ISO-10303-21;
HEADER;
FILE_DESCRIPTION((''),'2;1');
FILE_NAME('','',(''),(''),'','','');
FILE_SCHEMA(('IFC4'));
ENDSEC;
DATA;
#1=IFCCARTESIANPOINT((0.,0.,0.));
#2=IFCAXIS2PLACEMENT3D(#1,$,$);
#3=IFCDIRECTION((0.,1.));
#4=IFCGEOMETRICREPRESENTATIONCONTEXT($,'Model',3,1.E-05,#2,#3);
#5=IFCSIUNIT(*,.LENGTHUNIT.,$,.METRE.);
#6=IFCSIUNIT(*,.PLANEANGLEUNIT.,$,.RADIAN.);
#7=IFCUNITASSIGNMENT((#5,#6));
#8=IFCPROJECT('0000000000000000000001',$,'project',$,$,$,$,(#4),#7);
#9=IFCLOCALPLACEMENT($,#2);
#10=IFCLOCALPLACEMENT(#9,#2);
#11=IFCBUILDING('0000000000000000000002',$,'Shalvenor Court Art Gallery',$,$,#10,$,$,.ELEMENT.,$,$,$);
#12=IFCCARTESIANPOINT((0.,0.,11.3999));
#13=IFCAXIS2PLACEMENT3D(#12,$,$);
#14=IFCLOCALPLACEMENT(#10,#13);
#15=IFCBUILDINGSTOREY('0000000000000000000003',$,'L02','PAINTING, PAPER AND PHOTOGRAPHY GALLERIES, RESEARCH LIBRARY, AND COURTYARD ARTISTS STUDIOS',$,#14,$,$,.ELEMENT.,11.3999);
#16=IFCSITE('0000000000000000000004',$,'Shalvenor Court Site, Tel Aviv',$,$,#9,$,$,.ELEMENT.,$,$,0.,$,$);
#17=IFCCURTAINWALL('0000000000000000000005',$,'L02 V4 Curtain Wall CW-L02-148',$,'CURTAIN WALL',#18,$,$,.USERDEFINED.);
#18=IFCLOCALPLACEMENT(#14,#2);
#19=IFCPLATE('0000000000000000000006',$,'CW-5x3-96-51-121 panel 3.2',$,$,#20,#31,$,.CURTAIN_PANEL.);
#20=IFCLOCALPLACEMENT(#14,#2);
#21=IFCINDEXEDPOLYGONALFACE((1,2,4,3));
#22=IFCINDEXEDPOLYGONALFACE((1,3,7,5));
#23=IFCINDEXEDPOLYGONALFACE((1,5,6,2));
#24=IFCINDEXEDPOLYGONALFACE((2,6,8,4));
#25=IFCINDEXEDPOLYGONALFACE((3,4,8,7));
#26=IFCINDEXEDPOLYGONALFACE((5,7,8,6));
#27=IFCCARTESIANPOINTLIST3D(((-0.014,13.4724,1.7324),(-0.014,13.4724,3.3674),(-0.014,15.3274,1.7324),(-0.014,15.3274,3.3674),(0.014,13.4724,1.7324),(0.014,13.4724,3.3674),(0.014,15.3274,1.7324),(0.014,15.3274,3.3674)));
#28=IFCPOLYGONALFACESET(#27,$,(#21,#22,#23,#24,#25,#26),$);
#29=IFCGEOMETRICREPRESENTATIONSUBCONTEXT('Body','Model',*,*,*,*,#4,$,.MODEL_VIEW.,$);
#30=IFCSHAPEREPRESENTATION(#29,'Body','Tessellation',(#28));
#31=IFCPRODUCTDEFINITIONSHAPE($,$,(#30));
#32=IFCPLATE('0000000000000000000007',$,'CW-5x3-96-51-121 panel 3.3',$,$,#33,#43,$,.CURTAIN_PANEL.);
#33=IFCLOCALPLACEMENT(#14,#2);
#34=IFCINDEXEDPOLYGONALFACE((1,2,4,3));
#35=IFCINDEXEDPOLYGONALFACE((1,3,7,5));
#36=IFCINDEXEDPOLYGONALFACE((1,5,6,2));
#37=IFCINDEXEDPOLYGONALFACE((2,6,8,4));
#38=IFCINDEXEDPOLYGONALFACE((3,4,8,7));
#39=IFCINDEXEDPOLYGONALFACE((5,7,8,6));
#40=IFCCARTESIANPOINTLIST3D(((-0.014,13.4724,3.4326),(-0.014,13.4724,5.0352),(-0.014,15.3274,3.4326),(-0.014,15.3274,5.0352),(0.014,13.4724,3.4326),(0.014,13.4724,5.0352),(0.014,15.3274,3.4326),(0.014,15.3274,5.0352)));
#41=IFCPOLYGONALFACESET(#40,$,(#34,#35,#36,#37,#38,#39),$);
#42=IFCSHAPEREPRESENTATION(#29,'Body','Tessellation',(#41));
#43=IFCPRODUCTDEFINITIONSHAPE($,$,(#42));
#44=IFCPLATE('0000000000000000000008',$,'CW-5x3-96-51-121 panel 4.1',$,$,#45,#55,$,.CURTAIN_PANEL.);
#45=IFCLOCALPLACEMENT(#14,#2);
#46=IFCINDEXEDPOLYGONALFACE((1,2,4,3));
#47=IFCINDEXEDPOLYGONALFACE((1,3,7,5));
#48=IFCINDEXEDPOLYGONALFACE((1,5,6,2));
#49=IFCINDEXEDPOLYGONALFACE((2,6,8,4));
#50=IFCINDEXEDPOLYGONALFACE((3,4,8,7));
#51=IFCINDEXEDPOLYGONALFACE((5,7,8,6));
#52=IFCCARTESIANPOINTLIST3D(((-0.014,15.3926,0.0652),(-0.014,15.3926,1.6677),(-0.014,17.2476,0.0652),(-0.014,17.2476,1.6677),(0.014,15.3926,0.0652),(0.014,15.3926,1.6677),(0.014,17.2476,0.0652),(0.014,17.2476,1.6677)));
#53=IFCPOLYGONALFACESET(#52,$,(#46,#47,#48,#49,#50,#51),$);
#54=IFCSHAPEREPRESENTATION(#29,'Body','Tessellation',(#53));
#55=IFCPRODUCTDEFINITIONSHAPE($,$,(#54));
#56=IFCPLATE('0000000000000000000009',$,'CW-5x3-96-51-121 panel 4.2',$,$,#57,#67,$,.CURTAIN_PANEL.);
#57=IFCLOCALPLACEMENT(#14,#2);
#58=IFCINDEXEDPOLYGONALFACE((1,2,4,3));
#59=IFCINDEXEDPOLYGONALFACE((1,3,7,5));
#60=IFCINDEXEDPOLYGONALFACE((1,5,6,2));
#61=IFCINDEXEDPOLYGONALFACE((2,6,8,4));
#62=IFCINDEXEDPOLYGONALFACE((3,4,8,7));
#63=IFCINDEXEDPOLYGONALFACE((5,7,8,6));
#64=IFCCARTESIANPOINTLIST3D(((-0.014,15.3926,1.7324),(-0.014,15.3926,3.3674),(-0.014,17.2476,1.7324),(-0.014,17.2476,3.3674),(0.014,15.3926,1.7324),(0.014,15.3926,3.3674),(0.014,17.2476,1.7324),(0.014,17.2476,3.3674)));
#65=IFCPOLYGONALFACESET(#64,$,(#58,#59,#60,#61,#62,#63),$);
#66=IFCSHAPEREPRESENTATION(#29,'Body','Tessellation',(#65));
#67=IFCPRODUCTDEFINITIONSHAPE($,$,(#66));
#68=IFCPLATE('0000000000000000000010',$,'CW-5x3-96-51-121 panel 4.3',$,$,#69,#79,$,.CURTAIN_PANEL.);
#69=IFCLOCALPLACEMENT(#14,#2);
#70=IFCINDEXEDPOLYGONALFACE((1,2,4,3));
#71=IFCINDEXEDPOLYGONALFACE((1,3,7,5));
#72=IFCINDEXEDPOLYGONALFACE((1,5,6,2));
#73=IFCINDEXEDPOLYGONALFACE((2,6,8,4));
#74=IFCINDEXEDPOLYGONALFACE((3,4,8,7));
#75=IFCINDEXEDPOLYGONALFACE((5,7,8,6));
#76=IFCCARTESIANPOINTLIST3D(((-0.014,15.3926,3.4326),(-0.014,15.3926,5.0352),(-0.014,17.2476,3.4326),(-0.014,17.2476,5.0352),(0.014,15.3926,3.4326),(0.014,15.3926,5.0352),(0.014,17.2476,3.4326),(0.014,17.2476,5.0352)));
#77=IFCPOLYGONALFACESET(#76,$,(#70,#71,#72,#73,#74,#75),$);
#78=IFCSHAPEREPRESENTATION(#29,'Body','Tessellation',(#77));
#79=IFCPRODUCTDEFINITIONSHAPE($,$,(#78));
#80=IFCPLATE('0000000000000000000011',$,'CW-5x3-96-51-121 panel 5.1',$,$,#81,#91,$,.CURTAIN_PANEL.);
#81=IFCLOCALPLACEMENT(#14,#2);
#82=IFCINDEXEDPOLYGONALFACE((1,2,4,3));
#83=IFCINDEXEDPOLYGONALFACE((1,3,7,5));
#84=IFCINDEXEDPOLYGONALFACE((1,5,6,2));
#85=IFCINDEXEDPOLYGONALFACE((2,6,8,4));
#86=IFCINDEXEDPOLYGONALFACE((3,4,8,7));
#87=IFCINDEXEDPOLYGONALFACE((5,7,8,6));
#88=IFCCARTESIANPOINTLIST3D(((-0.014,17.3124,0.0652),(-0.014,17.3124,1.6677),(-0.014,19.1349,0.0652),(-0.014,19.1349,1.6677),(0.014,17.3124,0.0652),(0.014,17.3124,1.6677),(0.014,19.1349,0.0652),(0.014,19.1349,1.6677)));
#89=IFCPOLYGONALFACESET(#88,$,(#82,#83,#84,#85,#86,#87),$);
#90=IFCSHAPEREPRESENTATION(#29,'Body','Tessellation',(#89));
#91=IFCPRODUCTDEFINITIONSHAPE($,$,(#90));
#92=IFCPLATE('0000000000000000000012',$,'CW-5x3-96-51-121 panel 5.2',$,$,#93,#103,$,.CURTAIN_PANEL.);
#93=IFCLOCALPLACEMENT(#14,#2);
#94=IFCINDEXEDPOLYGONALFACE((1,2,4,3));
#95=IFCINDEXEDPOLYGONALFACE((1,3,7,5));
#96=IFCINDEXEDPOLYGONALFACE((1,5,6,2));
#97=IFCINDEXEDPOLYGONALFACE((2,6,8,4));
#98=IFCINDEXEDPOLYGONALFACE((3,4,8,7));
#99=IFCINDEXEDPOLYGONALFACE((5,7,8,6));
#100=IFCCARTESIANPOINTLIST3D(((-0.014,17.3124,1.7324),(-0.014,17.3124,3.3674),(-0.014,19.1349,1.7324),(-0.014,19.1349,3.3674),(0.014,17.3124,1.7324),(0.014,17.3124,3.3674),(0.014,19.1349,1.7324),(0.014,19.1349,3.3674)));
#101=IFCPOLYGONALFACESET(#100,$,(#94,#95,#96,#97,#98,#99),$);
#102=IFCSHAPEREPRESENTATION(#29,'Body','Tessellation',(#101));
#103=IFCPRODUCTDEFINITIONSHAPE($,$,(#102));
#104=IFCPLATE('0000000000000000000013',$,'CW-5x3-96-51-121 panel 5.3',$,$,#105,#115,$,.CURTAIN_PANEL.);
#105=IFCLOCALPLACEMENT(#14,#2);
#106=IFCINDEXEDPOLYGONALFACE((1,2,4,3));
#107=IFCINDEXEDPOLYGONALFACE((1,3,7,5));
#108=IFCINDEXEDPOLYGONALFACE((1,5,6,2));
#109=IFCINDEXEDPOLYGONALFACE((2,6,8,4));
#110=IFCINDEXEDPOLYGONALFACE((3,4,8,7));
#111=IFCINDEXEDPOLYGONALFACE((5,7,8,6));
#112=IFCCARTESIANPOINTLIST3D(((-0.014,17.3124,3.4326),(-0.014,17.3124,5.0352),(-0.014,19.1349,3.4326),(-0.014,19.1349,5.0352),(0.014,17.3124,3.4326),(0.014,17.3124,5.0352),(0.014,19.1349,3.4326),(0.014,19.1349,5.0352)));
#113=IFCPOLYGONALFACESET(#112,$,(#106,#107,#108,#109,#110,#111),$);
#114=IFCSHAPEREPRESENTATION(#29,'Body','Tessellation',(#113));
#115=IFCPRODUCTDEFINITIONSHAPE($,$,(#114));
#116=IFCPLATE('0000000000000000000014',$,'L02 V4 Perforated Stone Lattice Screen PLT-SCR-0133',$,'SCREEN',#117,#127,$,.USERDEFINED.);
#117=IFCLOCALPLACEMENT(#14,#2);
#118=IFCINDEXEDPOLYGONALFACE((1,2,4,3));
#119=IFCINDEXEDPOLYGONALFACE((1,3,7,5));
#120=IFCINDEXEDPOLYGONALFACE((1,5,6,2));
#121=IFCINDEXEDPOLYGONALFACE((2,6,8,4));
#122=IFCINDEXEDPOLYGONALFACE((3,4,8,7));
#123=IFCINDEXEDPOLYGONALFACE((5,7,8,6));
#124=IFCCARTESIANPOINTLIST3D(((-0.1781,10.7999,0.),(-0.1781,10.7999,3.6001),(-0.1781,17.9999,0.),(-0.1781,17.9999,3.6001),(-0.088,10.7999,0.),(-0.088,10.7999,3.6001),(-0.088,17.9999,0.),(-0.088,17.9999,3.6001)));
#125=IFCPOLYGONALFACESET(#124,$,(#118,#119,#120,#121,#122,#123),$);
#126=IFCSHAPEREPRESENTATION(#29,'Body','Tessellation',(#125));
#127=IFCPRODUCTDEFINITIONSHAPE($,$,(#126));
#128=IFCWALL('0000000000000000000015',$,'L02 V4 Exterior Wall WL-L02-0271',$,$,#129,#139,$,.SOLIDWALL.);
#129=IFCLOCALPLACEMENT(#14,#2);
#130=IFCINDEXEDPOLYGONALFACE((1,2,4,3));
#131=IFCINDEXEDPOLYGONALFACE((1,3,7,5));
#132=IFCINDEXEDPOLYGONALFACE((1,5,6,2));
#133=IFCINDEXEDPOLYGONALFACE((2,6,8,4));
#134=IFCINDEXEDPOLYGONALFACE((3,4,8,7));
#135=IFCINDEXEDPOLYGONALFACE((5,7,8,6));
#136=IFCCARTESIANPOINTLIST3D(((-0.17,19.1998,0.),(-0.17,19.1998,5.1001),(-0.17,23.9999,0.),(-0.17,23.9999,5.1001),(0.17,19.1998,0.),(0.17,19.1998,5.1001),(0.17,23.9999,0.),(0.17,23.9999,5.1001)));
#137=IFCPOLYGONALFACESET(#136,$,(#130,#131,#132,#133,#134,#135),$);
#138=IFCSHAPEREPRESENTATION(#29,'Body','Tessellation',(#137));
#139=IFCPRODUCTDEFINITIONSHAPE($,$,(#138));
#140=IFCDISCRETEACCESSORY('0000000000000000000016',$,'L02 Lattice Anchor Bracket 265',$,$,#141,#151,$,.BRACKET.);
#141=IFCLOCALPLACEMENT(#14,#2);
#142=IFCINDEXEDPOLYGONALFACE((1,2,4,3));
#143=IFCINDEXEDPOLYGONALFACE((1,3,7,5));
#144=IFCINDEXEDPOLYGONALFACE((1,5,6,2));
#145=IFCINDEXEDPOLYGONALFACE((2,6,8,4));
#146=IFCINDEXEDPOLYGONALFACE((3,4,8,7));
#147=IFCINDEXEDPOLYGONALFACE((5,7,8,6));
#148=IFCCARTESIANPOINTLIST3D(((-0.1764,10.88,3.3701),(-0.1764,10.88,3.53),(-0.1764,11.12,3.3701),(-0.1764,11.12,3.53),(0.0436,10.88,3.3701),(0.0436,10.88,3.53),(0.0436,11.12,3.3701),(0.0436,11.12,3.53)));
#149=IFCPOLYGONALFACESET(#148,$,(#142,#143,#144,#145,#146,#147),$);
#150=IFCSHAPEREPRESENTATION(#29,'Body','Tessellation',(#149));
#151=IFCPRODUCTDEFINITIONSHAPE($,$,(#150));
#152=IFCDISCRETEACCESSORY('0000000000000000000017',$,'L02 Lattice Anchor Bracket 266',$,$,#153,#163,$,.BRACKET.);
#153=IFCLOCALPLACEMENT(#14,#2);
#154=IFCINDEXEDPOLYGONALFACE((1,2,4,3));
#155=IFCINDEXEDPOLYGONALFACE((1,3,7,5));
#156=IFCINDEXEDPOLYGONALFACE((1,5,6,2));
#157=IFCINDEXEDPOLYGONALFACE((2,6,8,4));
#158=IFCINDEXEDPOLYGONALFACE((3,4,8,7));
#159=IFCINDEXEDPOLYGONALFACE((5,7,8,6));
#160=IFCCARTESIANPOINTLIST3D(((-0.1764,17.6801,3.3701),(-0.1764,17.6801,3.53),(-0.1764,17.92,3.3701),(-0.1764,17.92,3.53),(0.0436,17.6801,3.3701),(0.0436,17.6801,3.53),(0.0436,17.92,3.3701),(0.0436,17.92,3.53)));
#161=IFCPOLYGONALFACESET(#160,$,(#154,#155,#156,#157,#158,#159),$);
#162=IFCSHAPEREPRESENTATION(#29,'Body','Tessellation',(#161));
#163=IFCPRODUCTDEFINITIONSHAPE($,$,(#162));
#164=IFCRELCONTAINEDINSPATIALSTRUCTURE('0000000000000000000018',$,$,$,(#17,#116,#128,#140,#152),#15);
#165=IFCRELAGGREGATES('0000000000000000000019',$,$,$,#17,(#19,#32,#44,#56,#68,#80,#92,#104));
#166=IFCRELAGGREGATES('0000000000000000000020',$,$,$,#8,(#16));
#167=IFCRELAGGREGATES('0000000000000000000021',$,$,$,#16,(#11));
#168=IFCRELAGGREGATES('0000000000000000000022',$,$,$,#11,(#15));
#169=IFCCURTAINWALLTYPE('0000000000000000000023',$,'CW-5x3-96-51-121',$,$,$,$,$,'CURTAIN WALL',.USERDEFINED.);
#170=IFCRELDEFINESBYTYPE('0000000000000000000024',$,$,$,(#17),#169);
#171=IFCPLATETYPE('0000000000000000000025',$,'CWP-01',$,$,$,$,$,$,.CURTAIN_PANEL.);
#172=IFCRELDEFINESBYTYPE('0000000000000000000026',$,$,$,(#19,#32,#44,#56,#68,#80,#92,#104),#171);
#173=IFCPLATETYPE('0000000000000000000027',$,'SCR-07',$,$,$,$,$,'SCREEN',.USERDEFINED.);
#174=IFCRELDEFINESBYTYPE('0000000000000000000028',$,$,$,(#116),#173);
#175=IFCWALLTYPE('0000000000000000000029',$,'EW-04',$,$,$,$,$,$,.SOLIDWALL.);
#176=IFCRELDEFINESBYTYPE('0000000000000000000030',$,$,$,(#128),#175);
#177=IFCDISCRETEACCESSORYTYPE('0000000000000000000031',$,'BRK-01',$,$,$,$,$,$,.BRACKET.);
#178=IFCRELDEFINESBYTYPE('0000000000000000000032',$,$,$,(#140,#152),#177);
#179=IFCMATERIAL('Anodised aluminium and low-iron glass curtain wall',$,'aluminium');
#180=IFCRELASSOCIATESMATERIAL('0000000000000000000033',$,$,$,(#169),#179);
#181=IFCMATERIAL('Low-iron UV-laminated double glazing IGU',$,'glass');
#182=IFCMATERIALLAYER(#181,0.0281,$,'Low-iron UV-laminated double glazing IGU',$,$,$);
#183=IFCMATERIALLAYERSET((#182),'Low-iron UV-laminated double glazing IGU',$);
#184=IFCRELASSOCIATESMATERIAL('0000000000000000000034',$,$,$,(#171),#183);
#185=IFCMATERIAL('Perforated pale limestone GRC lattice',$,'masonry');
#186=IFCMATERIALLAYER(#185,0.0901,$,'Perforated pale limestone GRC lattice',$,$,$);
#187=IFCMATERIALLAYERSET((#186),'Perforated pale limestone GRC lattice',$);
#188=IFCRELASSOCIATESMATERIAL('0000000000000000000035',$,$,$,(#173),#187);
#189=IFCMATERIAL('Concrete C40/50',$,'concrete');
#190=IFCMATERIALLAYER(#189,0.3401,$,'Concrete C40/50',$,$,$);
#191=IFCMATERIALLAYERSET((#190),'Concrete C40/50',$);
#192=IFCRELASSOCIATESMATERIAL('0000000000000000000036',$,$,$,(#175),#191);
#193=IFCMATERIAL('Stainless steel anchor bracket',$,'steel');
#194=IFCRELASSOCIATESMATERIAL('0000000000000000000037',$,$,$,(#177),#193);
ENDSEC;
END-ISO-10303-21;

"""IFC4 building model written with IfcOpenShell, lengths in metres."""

from ifc_helpers import new_model, si_unit, direction, frame, frame_2d, origin, origin_2d, place, context, subcontext, project, spatial, rectangle, extrude, material, layer, layer_set, type_object, element, aggregate, save


model = new_model("IFC4")

# Units and contexts
model_context = context("Model", 3, precision=1e-05, world=origin(), true_north=direction((0.0, 1.0)))
body_context = subcontext(model_context, "Body", "Model", "MODEL_VIEW")
ifc_project = project(units=[si_unit("LENGTHUNIT", "METRE"), si_unit("PLANEANGLEUNIT", "RADIAN")], contexts=[model_context])

# Site, building, storey
site_placement = place(None, origin())
site = spatial("IfcSite", under=ifc_project, at=site_placement, Name="Shalvenor Court Site, Tel Aviv", CompositionType="ELEMENT", RefElevation=0.0)
building_placement = place(site_placement, origin())
building = spatial("IfcBuilding", under=site, at=building_placement, Name="Shalvenor Court Art Gallery", CompositionType="ELEMENT")
storey_placement = place(building_placement, frame((0.0, 0.0, 11.3999)))
storey = spatial("IfcBuildingStorey", under=building, at=storey_placement, Name="L02", Description="PAINTING, PAPER AND PHOTOGRAPHY GALLERIES, RESEARCH LIBRARY, AND COURTYARD ARTISTS STUDIOS", CompositionType="ELEMENT", Elevation=11.3999)

# Curtain wall
ifc_material_1 = material(Name="Anodised aluminium and low-iron glass curtain wall", Category="aluminium")
curtain_wall_type = type_object("IfcCurtainWallType", Name="CW-5x3-96-51-121", ElementType="CURTAIN WALL", PredefinedType="USERDEFINED", material=ifc_material_1)
curtain_wall_placement = place(storey_placement, origin())
curtain_wall = element("IfcCurtainWall", 1, at=curtain_wall_placement, inside=storey, type_object=curtain_wall_type, Name="L02 V4 Curtain Wall CW-L02-148", ObjectType="CURTAIN WALL", PredefinedType="USERDEFINED")

# Plates
ifc_material_2 = material(Name="Low-iron UV-laminated double glazing IGU", Category="glass")
ifc_layer_1 = layer(ifc_material_2, 0.0281, Name="Low-iron UV-laminated double glazing IGU")
ifc_layer_set_1 = layer_set([ifc_layer_1], Name="Low-iron UV-laminated double glazing IGU")
plate_type_1 = type_object("IfcPlateType", Name="CWP-01", PredefinedType="CURTAIN_PANEL", material=ifc_layer_set_1)
plate_1_placement = place(storey_placement, frame((0.0, 14.3999, 1.7324), z_axis=(0.0, 0.0, 1.0), x_axis=(0.0, 1.0, 0.0)))
plate_1 = element("IfcPlate", 2, at=plate_1_placement, type_object=plate_type_1, Name="CW-5x3-96-51-121 panel 3.2", PredefinedType="CURTAIN_PANEL", context=body_context, shape_type="SweptSolid", body=[
    extrude(rectangle(XDim=1.855, YDim=0.0281, at=origin_2d()), origin(), (0.0, 0.0, 1.0), 1.635),
])
plate_2_placement = place(storey_placement, frame((0.0, 14.3999, 3.4326), z_axis=(0.0, 0.0, 1.0), x_axis=(0.0, 1.0, 0.0)))
plate_2 = element("IfcPlate", 3, at=plate_2_placement, type_object=plate_type_1, Name="CW-5x3-96-51-121 panel 3.3", PredefinedType="CURTAIN_PANEL", context=body_context, shape_type="SweptSolid", body=[
    extrude(rectangle(XDim=1.855, YDim=0.0281, at=origin_2d()), origin(), (0.0, 0.0, 1.0), 1.6025),
])
plate_3_placement = place(storey_placement, frame((0.0, 16.3201, 0.0652), z_axis=(0.0, 0.0, 1.0), x_axis=(0.0, 1.0, 0.0)))
plate_3 = element("IfcPlate", 4, at=plate_3_placement, type_object=plate_type_1, Name="CW-5x3-96-51-121 panel 4.1", PredefinedType="CURTAIN_PANEL", context=body_context, shape_type="SweptSolid", body=[
    extrude(rectangle(XDim=1.855, YDim=0.0281, at=origin_2d()), origin(), (0.0, 0.0, 1.0), 1.6025),
])
plate_4_placement = place(storey_placement, frame((0.0, 16.3201, 1.7324), z_axis=(0.0, 0.0, 1.0), x_axis=(0.0, 1.0, 0.0)))
plate_4 = element("IfcPlate", 5, at=plate_4_placement, type_object=plate_type_1, Name="CW-5x3-96-51-121 panel 4.2", PredefinedType="CURTAIN_PANEL", context=body_context, shape_type="SweptSolid", body=[
    extrude(rectangle(XDim=1.855, YDim=0.0281, at=origin_2d()), origin(), (0.0, 0.0, 1.0), 1.635),
])
plate_5_placement = place(storey_placement, frame((0.0, 16.3201, 3.4326), z_axis=(0.0, 0.0, 1.0), x_axis=(0.0, 1.0, 0.0)))
plate_5 = element("IfcPlate", 6, at=plate_5_placement, type_object=plate_type_1, Name="CW-5x3-96-51-121 panel 4.3", PredefinedType="CURTAIN_PANEL", context=body_context, shape_type="SweptSolid", body=[
    extrude(rectangle(XDim=1.855, YDim=0.0281, at=origin_2d()), origin(), (0.0, 0.0, 1.0), 1.6025),
])
plate_6_placement = place(storey_placement, frame((0.0, 18.2236, 0.0652), z_axis=(0.0, 0.0, 1.0), x_axis=(0.0, 1.0, 0.0)))
plate_6 = element("IfcPlate", 7, at=plate_6_placement, type_object=plate_type_1, Name="CW-5x3-96-51-121 panel 5.1", PredefinedType="CURTAIN_PANEL", context=body_context, shape_type="SweptSolid", body=[
    extrude(rectangle(XDim=1.8225, YDim=0.0281, at=origin_2d()), origin(), (0.0, 0.0, 1.0), 1.6025),
])
plate_7_placement = place(storey_placement, frame((0.0, 18.2236, 1.7324), z_axis=(0.0, 0.0, 1.0), x_axis=(0.0, 1.0, 0.0)))
plate_7 = element("IfcPlate", 8, at=plate_7_placement, type_object=plate_type_1, Name="CW-5x3-96-51-121 panel 5.2", PredefinedType="CURTAIN_PANEL", context=body_context, shape_type="SweptSolid", body=[
    extrude(rectangle(XDim=1.8225, YDim=0.0281, at=origin_2d()), origin(), (0.0, 0.0, 1.0), 1.635),
])
plate_8_placement = place(storey_placement, frame((0.0, 18.2236, 3.4326), z_axis=(0.0, 0.0, 1.0), x_axis=(0.0, 1.0, 0.0)))
plate_8 = element("IfcPlate", 9, at=plate_8_placement, type_object=plate_type_1, Name="CW-5x3-96-51-121 panel 5.3", PredefinedType="CURTAIN_PANEL", context=body_context, shape_type="SweptSolid", body=[
    extrude(rectangle(XDim=1.8225, YDim=0.0281, at=origin_2d()), origin(), (0.0, 0.0, 1.0), 1.6025),
])
aggregate(curtain_wall, [plate_1, plate_2, plate_3, plate_4, plate_5, plate_6, plate_7, plate_8])
ifc_material_3 = material(Name="Perforated pale limestone GRC lattice", Category="masonry")
ifc_layer_2 = layer(ifc_material_3, 0.0901, Name="Perforated pale limestone GRC lattice")
ifc_layer_set_2 = layer_set([ifc_layer_2], Name="Perforated pale limestone GRC lattice")
plate_type_2 = type_object("IfcPlateType", Name="SCR-07", ElementType="SCREEN", PredefinedType="USERDEFINED", material=ifc_layer_set_2)
plate_9_placement = place(storey_placement, frame((-0.1331, 14.3999, 0.0), z_axis=(0.0, 0.0, 1.0), x_axis=(0.0, 1.0, 0.0)))
element("IfcPlate", 10, at=plate_9_placement, inside=storey, type_object=plate_type_2, Name="L02 V4 Perforated Stone Lattice Screen PLT-SCR-0133", ObjectType="SCREEN", PredefinedType="USERDEFINED", context=body_context, shape_type="SweptSolid", body=[
    extrude(rectangle(XDim=7.2, YDim=0.0901, at=origin_2d()), origin(), (0.0, 0.0, 1.0), 3.6001),
])

# Wall
ifc_material_4 = material(Name="Concrete C40/50", Category="concrete")
ifc_layer_3 = layer(ifc_material_4, 0.3401, Name="Concrete C40/50")
ifc_layer_set_3 = layer_set([ifc_layer_3], Name="Concrete C40/50")
wall_type = type_object("IfcWallType", Name="EW-04", PredefinedType="SOLIDWALL", material=ifc_layer_set_3)
wall_placement = place(storey_placement, frame((0.0, 19.2, 0.0), z_axis=(0.0, 0.0, 1.0), x_axis=(0.0, 1.0, 0.0)))
element("IfcWall", 11, at=wall_placement, inside=storey, type_object=wall_type, Name="L02 V4 Exterior Wall WL-L02-0271", PredefinedType="SOLIDWALL", context=body_context, shape_type="SweptSolid", body=[
    extrude(rectangle(XDim=4.8, YDim=0.3401, at=frame_2d((2.3999, 0.0))), origin(), (0.0, 0.0, 1.0), 5.1001),
])

# Discrete accessories
ifc_material_5 = material(Name="Stainless steel anchor bracket", Category="steel")
discrete_accessory_type = type_object("IfcDiscreteAccessoryType", Name="BRK-01", PredefinedType="BRACKET", material=ifc_material_5)
for number, where, z_axis, x_axis, name in (
    (12, (-0.0664, 11.0, 3.3701), (0.0, 0.0, 1.0), (0.0, 1.0, 0.0), "L02 Lattice Anchor Bracket 265"),
    (13, (-0.0664, 17.8, 3.3701), (0.0, 0.0, 1.0), (0.0, 1.0, 0.0), "L02 Lattice Anchor Bracket 266"),
):
    element("IfcDiscreteAccessory", number, at=place(storey_placement, frame(where, z_axis=z_axis, x_axis=x_axis)), inside=storey, type_object=discrete_accessory_type, Name=name, PredefinedType="BRACKET", context=body_context, shape_type="SweptSolid", body=[
        extrude(rectangle(XDim=0.24, YDim=0.22, at=origin_2d()), origin(), (0.0, 0.0, 1.0), 0.1599),
    ])

save(model, "model.ifc")
